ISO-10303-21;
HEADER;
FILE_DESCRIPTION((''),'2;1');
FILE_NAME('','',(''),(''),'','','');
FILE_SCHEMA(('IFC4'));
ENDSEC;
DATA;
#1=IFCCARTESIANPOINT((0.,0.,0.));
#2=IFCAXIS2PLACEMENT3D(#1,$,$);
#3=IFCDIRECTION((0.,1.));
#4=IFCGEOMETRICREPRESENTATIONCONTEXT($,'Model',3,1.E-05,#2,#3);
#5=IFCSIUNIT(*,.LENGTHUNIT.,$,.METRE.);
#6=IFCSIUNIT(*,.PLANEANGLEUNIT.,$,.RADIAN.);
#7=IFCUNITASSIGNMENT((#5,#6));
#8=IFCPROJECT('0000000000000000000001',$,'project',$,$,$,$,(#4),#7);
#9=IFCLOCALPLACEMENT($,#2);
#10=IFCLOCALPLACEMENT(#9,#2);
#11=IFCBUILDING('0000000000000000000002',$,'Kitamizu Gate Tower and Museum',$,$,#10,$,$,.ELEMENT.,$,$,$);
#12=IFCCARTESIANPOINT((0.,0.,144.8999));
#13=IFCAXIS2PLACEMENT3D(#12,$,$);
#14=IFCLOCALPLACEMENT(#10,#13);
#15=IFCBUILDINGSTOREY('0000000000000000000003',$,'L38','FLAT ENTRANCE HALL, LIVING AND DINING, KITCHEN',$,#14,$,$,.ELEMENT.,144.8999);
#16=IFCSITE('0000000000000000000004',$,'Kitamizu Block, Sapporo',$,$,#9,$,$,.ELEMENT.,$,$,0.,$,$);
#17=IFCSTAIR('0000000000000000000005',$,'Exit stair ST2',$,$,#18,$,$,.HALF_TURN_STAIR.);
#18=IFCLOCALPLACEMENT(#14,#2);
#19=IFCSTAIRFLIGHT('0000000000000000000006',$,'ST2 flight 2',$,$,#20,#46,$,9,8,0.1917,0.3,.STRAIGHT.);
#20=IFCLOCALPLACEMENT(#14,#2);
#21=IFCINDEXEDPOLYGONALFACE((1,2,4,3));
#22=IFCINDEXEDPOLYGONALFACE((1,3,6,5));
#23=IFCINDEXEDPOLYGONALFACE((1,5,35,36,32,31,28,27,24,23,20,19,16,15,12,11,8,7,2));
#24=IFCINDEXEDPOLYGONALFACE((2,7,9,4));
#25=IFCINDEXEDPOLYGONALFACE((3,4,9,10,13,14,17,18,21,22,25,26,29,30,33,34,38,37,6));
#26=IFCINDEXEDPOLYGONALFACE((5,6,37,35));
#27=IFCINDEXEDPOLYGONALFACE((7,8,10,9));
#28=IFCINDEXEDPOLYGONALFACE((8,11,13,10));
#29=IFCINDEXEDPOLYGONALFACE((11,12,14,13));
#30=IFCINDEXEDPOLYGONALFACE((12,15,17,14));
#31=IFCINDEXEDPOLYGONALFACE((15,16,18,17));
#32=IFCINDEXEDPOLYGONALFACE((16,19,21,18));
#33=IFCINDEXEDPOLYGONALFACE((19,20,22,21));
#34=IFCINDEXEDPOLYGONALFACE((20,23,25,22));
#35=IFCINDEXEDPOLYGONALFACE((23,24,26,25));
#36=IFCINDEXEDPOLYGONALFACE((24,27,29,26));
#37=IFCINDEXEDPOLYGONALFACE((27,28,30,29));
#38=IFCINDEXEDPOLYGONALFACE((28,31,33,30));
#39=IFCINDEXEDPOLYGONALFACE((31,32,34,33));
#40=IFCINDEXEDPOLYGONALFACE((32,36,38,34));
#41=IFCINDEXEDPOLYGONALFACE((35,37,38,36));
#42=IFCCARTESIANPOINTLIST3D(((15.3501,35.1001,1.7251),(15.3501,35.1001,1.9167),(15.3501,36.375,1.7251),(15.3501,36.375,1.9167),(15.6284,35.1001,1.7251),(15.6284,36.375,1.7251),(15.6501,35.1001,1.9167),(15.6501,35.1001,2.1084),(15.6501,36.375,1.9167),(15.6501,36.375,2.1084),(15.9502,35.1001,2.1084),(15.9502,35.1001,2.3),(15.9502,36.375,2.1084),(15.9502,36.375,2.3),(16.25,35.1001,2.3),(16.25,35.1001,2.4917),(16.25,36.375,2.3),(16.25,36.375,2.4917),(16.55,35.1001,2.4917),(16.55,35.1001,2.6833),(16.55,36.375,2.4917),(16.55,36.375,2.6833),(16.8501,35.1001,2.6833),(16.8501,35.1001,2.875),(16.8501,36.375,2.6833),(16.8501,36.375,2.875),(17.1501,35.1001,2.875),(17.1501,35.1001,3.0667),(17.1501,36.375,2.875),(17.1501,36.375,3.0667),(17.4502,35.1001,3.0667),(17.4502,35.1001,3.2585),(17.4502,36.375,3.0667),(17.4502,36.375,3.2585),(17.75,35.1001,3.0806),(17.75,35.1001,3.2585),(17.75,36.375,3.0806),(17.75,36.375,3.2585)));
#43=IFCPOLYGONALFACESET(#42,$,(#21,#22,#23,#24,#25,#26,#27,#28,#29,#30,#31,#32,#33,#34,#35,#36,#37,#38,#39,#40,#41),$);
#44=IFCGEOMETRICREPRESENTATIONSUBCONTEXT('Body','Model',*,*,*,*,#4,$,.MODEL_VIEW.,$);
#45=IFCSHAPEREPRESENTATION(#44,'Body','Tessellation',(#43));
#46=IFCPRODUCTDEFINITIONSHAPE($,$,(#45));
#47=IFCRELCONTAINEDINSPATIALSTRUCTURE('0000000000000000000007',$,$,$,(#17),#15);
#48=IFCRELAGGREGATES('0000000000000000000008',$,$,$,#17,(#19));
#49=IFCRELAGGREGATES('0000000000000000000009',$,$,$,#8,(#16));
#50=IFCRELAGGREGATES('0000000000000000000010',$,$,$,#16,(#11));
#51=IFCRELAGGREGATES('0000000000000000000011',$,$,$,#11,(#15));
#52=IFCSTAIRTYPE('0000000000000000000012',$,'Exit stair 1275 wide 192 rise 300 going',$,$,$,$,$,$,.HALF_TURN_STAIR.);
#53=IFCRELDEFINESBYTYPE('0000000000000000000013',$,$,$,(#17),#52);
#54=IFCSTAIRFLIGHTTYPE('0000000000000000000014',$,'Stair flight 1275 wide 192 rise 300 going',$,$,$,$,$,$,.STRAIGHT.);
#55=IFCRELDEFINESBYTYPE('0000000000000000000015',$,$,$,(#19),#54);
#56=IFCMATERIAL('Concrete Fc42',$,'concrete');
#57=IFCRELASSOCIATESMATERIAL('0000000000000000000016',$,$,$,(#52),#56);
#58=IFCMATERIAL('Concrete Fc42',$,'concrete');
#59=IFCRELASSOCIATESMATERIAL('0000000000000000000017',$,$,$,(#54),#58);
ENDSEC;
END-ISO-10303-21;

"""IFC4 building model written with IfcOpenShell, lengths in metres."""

from ifc_helpers import new_model, si_unit, direction, frame, origin, place, context, subcontext, project, spatial, polyline, outline, extrude, material, type_object, element, aggregate, save


model = new_model("IFC4")

# Units and contexts
model_context = context("Model", 3, precision=1e-05, world=origin(), true_north=direction((0.0, 1.0)))
body_context = subcontext(model_context, "Body", "Model", "MODEL_VIEW")
ifc_project = project(units=[si_unit("LENGTHUNIT", "METRE"), si_unit("PLANEANGLEUNIT", "RADIAN")], contexts=[model_context])

# Site, building, storey
site_placement = place(None, origin())
site = spatial("IfcSite", under=ifc_project, at=site_placement, Name="Kitamizu Block, Sapporo", CompositionType="ELEMENT", RefElevation=0.0)
building_placement = place(site_placement, origin())
building = spatial("IfcBuilding", under=site, at=building_placement, Name="Kitamizu Gate Tower and Museum", CompositionType="ELEMENT")
storey_placement = place(building_placement, frame((0.0, 0.0, 144.8999)))
storey = spatial("IfcBuildingStorey", under=building, at=storey_placement, Name="L38", Description="FLAT ENTRANCE HALL, LIVING AND DINING, KITCHEN", CompositionType="ELEMENT", Elevation=144.8999)

# Stair, stair flight
ifc_material_1 = material(Name="Concrete Fc42", Category="concrete")
stair_type = type_object("IfcStairType", Name="Exit stair 1275 wide 192 rise 300 going", PredefinedType="HALF_TURN_STAIR", material=ifc_material_1)
stair_placement = place(storey_placement, origin())
stair = element("IfcStair", 1, at=stair_placement, inside=storey, type_object=stair_type, Name="Exit stair ST2", PredefinedType="HALF_TURN_STAIR")
ifc_material_2 = material(Name="Concrete Fc42", Category="concrete")
stair_flight_type = type_object("IfcStairFlightType", Name="Stair flight 1275 wide 192 rise 300 going", PredefinedType="STRAIGHT", material=ifc_material_2)
stair_flight_1_placement = place(storey_placement, frame((15.3501, 35.7375, 1.7251), z_axis=(0.0, 0.0, 1.0), x_axis=(1.0, 0.0, 0.0)))
stair_flight_1 = element("IfcStairFlight", 2, at=stair_flight_1_placement, type_object=stair_flight_type, Name="ST2 flight 2", NumberOfRisers=9, NumberOfTreads=8, PredefinedType="STRAIGHT", RiserHeight=0.1917, TreadLength=0.3, context=body_context, shape_type="SweptSolid", body=[
    extrude(outline(polyline([(0.0, 0.0), (0.0, 0.1917), (0.3, 0.1917), (0.3, 0.3833), (0.6001, 0.3833), (0.6001, 0.575), (0.8999, 0.575), (0.8999, 0.7666), (1.2, 0.7666), (1.2, 0.9583), (1.5, 0.9583), (1.5, 1.1499), (1.8, 1.1499), (1.8, 1.3416), (2.1001, 1.3416), (2.1001, 1.5334), (2.3999, 1.5334), (2.3999, 1.7251), (2.3999, 1.3555), (0.2783, 0.0), (0.0, 0.0)])), frame((0.0, 0.6375, 0.0), z_axis=(0.0, -1.0, 0.0), x_axis=(1.0, 0.0, 0.0)), (0.0, 0.0, 1.0), 1.2749),
])
aggregate(stair, [stair_flight_1])

save(model, "model.ifc")
